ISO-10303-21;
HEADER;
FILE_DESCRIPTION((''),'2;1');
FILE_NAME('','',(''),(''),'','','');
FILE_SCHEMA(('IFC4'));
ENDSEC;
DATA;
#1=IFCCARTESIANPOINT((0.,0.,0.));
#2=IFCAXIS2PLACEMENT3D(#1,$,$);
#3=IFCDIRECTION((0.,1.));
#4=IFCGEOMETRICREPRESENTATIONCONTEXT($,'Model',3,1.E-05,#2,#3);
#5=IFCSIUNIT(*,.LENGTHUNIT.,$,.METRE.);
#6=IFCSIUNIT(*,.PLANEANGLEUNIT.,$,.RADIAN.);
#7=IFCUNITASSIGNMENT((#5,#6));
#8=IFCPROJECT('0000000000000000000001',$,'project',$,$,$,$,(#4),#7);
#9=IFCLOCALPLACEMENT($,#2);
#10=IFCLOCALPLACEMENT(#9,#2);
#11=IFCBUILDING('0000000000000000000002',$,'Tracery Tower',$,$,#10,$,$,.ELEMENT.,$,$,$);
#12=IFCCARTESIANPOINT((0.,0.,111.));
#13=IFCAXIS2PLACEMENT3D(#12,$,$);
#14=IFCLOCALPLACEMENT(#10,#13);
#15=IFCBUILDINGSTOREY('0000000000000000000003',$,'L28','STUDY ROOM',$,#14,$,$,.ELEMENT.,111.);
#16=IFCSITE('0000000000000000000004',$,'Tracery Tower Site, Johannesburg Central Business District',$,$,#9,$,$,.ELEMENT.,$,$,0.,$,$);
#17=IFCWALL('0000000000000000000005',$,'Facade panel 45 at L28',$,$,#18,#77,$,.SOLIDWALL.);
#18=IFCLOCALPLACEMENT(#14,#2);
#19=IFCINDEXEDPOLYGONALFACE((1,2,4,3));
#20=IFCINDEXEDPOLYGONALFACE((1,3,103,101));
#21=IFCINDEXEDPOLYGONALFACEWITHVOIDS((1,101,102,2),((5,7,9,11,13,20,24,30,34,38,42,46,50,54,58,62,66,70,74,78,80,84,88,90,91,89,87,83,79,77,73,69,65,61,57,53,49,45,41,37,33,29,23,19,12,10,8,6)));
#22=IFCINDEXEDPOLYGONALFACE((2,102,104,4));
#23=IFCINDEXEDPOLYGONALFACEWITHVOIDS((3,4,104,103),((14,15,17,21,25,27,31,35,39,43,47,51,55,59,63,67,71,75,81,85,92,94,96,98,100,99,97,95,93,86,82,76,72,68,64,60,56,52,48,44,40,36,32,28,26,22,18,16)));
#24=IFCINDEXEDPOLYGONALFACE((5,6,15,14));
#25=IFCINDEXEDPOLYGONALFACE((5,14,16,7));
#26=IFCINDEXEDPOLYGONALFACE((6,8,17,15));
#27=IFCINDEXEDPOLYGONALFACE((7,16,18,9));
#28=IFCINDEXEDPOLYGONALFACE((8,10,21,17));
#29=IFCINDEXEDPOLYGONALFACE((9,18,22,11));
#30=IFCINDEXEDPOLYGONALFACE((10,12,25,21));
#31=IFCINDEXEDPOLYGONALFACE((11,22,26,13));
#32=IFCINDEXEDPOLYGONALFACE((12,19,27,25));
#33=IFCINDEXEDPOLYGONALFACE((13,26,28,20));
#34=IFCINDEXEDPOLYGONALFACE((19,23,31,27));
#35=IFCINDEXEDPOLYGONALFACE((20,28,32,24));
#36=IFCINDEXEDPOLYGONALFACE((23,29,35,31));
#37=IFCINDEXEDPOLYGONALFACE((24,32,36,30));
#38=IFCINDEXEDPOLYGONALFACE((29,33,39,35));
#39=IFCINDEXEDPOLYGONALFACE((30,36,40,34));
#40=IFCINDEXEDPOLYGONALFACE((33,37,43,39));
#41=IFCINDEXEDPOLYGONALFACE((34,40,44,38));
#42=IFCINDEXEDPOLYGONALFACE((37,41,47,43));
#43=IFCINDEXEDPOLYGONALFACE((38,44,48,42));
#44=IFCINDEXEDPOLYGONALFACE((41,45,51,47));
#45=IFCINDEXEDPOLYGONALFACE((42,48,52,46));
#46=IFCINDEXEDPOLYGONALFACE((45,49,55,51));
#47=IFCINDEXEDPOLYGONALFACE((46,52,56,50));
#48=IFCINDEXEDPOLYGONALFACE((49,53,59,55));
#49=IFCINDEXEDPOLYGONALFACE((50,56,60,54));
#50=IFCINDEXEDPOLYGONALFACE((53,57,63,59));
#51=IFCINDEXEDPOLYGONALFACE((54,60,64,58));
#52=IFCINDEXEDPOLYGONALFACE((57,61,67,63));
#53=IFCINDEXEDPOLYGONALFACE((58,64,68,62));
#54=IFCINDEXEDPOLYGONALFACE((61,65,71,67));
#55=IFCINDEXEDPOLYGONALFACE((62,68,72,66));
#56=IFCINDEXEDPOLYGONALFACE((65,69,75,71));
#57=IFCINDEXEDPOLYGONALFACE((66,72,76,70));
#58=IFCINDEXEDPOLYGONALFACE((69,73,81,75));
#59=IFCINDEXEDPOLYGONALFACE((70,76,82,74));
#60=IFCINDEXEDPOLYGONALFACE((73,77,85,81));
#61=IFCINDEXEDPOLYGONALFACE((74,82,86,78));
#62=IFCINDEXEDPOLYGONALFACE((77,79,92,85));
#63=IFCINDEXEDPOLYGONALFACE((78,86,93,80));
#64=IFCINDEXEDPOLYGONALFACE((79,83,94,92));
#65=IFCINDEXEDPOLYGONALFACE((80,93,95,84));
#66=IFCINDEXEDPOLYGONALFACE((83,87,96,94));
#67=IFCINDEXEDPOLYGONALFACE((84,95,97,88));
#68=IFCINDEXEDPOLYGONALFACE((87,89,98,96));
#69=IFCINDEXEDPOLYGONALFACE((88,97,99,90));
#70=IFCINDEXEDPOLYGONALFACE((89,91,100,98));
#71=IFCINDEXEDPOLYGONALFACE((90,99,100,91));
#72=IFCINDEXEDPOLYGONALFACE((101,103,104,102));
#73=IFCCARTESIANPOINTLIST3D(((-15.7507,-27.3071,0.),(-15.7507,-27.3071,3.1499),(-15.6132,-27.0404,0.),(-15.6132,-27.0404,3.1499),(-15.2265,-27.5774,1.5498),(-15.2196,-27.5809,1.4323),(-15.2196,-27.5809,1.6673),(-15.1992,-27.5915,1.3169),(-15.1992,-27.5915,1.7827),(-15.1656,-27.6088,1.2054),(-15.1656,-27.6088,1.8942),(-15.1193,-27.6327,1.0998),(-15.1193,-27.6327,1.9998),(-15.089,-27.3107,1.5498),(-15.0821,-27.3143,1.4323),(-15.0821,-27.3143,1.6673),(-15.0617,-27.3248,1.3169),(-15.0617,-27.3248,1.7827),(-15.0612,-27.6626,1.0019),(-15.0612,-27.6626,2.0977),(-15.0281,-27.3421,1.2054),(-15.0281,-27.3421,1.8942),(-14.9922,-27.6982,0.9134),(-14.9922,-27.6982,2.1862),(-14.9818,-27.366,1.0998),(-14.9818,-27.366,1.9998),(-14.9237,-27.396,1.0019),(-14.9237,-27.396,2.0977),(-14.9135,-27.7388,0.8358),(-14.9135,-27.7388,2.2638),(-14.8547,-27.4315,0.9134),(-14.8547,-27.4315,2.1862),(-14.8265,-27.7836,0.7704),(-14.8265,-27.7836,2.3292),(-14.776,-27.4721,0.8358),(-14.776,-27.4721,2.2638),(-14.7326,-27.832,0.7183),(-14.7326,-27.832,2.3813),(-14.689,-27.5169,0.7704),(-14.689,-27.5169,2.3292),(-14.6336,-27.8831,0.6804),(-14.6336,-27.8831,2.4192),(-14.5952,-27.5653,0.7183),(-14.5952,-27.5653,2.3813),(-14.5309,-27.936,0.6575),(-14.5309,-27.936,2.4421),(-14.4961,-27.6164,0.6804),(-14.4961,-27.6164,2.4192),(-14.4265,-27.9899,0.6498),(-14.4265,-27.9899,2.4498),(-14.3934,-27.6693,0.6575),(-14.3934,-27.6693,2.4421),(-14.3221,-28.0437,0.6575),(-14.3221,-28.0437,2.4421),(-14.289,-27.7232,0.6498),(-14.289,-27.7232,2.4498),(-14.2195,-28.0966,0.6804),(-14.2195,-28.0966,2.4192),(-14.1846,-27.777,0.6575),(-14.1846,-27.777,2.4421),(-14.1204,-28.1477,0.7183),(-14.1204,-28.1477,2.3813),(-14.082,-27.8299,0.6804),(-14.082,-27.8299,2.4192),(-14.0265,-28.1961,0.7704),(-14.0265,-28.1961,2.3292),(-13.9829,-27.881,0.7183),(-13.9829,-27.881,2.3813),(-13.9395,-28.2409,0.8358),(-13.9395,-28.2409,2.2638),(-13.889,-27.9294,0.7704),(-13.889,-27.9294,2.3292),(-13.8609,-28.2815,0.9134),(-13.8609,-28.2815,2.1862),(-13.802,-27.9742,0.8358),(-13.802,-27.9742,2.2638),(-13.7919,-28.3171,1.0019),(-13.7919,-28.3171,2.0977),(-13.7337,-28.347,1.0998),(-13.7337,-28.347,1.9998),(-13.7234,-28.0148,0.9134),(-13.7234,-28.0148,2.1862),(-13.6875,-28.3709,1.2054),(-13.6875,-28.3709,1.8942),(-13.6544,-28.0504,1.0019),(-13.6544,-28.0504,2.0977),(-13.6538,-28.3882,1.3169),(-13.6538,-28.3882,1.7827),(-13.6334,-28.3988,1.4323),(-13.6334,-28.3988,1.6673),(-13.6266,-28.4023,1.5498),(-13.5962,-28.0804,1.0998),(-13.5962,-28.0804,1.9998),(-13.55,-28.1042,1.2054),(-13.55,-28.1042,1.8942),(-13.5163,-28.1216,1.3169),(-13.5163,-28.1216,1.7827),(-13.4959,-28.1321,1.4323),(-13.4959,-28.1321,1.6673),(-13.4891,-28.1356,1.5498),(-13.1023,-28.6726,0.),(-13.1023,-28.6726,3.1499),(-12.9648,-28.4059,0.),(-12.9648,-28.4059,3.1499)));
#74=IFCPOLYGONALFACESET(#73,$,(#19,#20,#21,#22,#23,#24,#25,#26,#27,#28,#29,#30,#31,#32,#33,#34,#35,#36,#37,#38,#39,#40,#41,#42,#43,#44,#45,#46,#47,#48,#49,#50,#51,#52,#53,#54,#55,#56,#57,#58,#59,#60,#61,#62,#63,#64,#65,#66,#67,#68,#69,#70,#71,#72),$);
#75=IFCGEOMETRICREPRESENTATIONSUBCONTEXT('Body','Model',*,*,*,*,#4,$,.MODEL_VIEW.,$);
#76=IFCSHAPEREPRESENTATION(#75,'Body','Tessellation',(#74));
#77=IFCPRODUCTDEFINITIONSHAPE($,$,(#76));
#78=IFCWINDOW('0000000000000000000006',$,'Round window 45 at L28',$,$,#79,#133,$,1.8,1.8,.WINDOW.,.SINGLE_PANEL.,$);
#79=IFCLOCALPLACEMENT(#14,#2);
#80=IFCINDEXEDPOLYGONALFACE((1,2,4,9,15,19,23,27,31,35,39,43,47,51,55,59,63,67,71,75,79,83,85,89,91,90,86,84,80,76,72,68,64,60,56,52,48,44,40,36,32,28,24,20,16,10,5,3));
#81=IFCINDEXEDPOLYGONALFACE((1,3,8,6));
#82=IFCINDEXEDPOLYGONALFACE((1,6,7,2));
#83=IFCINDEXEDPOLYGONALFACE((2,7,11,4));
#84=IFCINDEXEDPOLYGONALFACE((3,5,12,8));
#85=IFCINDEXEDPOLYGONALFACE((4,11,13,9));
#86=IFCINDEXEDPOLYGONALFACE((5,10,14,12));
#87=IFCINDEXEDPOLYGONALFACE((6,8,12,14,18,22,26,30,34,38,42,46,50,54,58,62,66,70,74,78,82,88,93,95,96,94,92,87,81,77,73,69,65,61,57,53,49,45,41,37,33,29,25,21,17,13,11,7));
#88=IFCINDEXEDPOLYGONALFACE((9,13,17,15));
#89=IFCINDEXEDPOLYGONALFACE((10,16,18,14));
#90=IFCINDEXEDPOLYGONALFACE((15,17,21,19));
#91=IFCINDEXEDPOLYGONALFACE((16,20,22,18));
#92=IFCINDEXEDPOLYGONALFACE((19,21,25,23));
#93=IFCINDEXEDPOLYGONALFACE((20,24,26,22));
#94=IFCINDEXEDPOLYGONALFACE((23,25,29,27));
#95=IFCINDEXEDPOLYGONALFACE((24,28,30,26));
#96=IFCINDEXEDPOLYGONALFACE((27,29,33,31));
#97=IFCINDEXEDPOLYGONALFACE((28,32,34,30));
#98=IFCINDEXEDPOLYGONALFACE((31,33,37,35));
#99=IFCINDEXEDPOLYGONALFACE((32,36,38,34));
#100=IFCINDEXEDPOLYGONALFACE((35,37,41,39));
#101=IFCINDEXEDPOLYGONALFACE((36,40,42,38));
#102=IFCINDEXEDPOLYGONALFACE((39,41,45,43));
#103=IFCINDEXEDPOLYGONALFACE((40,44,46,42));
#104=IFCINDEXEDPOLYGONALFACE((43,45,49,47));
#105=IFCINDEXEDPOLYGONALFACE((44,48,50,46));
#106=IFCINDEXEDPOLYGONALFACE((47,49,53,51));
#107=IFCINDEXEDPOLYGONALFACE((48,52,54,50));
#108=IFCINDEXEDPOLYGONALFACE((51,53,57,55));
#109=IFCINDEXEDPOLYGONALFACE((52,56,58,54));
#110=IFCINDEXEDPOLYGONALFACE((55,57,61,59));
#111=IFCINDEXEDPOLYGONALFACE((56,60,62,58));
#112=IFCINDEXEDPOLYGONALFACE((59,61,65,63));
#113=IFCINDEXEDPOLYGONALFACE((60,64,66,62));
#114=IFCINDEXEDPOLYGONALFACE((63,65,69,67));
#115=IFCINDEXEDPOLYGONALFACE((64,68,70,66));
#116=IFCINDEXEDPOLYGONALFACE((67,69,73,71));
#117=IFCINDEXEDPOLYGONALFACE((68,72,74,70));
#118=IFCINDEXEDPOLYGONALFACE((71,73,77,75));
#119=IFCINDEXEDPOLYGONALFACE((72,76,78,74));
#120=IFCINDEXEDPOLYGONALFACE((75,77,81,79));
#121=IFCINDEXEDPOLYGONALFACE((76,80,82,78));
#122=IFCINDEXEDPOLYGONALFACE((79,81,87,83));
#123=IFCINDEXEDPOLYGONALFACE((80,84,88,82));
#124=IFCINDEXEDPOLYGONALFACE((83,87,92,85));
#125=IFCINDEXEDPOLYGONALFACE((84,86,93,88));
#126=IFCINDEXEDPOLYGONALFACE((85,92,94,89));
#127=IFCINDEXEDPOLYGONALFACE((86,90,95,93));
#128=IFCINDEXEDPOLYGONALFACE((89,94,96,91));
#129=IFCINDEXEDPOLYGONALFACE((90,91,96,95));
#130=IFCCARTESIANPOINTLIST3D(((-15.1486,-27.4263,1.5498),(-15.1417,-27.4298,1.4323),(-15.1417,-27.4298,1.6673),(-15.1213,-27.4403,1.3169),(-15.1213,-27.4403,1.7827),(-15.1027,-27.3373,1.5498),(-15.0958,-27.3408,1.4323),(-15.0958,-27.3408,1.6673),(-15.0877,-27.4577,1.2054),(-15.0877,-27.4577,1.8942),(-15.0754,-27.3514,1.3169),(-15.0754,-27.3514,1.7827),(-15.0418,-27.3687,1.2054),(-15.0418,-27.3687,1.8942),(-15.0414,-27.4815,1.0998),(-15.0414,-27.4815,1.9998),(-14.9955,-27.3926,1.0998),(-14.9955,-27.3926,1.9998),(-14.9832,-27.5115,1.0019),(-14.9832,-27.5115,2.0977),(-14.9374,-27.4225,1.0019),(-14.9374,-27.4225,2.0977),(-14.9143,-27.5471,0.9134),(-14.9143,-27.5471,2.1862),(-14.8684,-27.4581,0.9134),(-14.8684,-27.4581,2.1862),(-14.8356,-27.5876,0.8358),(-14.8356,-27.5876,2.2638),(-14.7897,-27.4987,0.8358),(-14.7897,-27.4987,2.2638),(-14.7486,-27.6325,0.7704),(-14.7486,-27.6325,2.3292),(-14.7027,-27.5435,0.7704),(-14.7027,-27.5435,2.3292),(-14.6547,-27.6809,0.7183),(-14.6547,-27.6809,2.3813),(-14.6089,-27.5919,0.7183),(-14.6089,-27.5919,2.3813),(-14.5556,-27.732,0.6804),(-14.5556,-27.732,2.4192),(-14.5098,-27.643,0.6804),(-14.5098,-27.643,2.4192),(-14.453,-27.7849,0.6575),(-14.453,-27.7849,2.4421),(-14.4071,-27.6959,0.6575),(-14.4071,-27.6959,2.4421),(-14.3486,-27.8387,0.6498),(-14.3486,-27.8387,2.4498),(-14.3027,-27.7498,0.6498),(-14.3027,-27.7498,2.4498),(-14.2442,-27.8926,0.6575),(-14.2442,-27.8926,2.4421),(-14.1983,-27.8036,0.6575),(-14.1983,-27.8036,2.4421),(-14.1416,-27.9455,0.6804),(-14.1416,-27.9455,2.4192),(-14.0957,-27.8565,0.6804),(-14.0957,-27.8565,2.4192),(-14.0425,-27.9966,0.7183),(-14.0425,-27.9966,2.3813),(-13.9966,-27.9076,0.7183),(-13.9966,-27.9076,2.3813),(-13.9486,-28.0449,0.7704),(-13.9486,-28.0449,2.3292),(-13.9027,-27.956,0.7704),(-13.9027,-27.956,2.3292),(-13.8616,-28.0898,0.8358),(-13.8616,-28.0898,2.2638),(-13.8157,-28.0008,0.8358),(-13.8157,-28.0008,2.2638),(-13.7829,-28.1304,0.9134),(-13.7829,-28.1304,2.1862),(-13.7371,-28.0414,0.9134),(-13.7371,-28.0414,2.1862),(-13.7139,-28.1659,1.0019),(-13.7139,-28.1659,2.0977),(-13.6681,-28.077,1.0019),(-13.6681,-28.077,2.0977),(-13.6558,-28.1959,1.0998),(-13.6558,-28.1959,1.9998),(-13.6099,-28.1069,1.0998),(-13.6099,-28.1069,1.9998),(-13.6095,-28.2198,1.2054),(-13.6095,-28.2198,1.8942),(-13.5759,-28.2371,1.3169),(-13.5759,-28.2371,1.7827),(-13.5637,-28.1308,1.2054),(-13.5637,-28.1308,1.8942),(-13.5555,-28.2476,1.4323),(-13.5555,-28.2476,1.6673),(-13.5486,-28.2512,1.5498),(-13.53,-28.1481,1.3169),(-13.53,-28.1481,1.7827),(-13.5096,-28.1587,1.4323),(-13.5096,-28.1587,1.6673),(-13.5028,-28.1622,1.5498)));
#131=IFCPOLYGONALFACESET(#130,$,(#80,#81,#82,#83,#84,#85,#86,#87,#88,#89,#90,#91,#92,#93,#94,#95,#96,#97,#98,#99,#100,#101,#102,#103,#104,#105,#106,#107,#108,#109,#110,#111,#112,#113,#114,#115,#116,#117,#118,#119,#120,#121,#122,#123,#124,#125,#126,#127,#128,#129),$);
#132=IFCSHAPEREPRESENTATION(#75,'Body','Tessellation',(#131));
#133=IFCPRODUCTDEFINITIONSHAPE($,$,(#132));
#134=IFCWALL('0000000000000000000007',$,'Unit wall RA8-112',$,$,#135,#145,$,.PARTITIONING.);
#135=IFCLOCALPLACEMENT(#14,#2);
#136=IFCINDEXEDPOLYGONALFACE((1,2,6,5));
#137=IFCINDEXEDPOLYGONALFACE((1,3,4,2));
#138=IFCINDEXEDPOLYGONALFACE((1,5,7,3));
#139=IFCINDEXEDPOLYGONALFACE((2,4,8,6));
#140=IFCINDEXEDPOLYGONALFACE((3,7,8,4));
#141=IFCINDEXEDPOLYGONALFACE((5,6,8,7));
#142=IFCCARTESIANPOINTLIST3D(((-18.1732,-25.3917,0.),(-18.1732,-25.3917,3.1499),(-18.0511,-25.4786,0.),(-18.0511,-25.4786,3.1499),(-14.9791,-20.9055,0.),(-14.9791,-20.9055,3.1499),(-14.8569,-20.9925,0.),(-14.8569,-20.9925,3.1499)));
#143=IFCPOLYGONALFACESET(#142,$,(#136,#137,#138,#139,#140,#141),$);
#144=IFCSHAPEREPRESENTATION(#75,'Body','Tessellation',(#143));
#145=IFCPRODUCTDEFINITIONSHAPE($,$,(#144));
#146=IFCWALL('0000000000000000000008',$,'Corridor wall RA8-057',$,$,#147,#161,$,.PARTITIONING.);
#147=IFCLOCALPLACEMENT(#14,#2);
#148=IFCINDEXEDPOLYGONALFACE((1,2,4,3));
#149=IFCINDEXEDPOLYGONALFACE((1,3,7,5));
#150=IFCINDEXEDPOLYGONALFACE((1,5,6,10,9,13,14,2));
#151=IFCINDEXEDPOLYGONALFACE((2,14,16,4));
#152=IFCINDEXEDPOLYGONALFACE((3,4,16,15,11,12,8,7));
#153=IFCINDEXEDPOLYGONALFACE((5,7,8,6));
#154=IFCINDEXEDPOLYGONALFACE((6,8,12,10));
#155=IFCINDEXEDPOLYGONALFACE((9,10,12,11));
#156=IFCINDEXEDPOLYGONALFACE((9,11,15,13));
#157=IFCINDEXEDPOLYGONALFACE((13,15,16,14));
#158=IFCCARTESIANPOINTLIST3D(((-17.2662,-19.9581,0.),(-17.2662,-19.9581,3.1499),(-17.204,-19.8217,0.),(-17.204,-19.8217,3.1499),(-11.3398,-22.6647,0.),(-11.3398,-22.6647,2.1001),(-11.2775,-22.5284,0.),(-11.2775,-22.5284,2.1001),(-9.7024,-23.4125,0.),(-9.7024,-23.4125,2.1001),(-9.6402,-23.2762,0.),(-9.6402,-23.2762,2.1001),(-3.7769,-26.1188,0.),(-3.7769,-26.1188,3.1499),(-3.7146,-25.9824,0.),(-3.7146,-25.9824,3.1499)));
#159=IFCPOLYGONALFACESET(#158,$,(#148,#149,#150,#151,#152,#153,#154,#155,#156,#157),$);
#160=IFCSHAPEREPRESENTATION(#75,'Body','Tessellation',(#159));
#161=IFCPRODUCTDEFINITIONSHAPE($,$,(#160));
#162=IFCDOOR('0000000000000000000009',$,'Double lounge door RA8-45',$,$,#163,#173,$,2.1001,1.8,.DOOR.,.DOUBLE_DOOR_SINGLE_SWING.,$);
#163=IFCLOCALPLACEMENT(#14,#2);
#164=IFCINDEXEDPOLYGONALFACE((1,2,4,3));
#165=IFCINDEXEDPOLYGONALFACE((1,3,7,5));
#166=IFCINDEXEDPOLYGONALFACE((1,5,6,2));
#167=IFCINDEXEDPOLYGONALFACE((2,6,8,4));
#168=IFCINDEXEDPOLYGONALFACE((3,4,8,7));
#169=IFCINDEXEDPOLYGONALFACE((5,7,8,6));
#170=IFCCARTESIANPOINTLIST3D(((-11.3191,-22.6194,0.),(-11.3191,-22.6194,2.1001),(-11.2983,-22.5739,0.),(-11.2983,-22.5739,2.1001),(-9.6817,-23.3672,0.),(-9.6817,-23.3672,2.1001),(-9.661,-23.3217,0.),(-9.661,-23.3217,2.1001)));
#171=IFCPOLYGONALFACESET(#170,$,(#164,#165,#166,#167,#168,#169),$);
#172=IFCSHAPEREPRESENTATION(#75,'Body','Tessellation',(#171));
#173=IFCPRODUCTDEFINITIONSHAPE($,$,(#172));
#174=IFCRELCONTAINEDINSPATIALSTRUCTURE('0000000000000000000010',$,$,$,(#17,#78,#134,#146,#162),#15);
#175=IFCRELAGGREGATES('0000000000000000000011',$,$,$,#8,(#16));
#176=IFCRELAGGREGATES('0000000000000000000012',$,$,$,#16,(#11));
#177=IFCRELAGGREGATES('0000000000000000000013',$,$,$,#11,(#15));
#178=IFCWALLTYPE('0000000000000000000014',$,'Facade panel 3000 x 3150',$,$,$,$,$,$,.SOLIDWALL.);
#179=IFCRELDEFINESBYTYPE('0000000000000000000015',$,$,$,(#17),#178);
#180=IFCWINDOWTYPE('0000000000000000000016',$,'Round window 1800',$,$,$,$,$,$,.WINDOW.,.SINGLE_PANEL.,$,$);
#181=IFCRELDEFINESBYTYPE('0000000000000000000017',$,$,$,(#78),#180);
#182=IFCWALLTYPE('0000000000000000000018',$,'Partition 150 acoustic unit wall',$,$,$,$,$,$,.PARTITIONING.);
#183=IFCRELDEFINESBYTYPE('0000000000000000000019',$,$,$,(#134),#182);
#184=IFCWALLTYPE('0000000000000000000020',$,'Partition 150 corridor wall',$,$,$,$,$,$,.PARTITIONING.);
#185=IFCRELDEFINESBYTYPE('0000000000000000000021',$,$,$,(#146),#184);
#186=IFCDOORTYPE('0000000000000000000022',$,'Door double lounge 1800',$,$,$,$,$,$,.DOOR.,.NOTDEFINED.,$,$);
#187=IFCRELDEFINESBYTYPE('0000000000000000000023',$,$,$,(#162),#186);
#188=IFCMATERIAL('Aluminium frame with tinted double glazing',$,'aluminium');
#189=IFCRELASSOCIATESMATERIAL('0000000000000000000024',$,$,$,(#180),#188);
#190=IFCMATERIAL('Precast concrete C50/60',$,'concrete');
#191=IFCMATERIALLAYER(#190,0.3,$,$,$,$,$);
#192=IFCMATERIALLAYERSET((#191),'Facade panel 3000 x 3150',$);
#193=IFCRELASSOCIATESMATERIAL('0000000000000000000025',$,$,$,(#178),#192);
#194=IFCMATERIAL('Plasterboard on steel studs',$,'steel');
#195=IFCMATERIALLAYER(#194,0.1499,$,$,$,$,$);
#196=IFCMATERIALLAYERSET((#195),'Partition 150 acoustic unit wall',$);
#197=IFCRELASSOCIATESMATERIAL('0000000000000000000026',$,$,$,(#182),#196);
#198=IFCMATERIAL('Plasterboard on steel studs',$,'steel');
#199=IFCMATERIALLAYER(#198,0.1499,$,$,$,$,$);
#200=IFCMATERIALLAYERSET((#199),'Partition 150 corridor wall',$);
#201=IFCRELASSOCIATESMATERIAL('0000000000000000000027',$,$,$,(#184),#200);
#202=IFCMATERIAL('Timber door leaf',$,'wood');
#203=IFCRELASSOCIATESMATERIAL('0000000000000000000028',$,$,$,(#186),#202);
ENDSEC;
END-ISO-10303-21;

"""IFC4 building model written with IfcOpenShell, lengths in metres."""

from ifc_helpers import new_model, si_unit, direction, frame, frame_2d, origin, origin_2d, place, context, subcontext, project, spatial, rectangle, circle, extrude, material, layer, layer_set, type_object, element, fill, save


model = new_model("IFC4")

# Units and contexts
model_context = context("Model", 3, precision=1e-05, world=origin(), true_north=direction((0.0, 1.0)))
body_context = subcontext(model_context, "Body", "Model", "MODEL_VIEW")
ifc_project = project(units=[si_unit("LENGTHUNIT", "METRE"), si_unit("PLANEANGLEUNIT", "RADIAN")], contexts=[model_context])

# Site, building, storey
site_placement = place(None, origin())
site = spatial("IfcSite", under=ifc_project, at=site_placement, Name="Tracery Tower Site, Johannesburg Central Business District", CompositionType="ELEMENT", RefElevation=0.0)
building_placement = place(site_placement, origin())
building = spatial("IfcBuilding", under=site, at=building_placement, Name="Tracery Tower", CompositionType="ELEMENT")
storey_placement = place(building_placement, frame((0.0, 0.0, 111.0)))
storey = spatial("IfcBuildingStorey", under=building, at=storey_placement, Name="L28", Description="STUDY ROOM", CompositionType="ELEMENT", Elevation=111.0)

# Wall, opening, window
ifc_material_1 = material(Name="Aluminium frame with tinted double glazing", Category="aluminium")
window_type = type_object("IfcWindowType", Name="Round window 1800", PartitioningType="SINGLE_PANEL", PredefinedType="WINDOW", material=ifc_material_1)
ifc_material_2 = material(Name="Precast concrete C50/60", Category="concrete")
ifc_layer_1 = layer(ifc_material_2, 0.3)
ifc_layer_set_1 = layer_set([ifc_layer_1], Name="Facade panel 3000 x 3150")
wall_type_1 = type_object("IfcWallType", Name="Facade panel 3000 x 3150", PredefinedType="SOLIDWALL", material=ifc_layer_set_1)
wall_1_placement = place(storey_placement, frame((-15.6819, -27.1738, 0.0), z_axis=(0.0, 0.0, 1.0), x_axis=(0.88882, -0.458257, 0.0)))
wall_1 = element("IfcWall", 1, at=wall_1_placement, inside=storey, type_object=wall_type_1, Name="Facade panel 45 at L28", PredefinedType="SOLIDWALL", context=body_context, shape_type="SweptSolid", body=[
    extrude(rectangle(XDim=2.9797, YDim=0.3, at=frame_2d((1.4897, 0.0))), origin(), (0.0, 0.0, 1.0), 3.1499),
])
opening_1_placement = place(wall_1_placement, frame((1.4897, 0.0, 1.5498)))
opening_1 = element("IfcOpeningElement", 2, at=opening_1_placement, cuts=wall_1, PredefinedType="OPENING", context=body_context, shape_type="SweptSolid", body=[
    extrude(circle(Radius=0.9, at=origin_2d()), frame((0.0, 0.1599, 0.0), z_axis=(0.0, -1.0, 0.0), x_axis=(1.0, 0.0, 0.0)), (0.0, 0.0, 1.0), 0.3201),
])
window_1_placement = place(opening_1_placement, origin())
window_1 = element("IfcWindow", 3, at=window_1_placement, inside=storey, type_object=window_type, Name="Round window 45 at L28", OverallHeight=1.8, OverallWidth=1.8, PartitioningType="SINGLE_PANEL", PredefinedType="WINDOW", context=body_context, shape_type="SweptSolid", body=[
    extrude(circle(Radius=0.9, at=origin_2d()), frame((0.0, 0.1201, 0.0), z_axis=(0.0, -1.0, 0.0), x_axis=(1.0, 0.0, 0.0)), (0.0, 0.0, 1.0), 0.1001),
])
fill(opening_1, window_1)

# Wall
ifc_material_3 = material(Name="Plasterboard on steel studs", Category="steel")
ifc_layer_2 = layer(ifc_material_3, 0.1499)
ifc_layer_set_2 = layer_set([ifc_layer_2], Name="Partition 150 acoustic unit wall")
wall_type_2 = type_object("IfcWallType", Name="Partition 150 acoustic unit wall", PredefinedType="PARTITIONING", material=ifc_layer_set_2)
wall_2_placement = place(storey_placement, frame((-18.1121, -25.4351, 0.0), z_axis=(0.0, 0.0, 1.0), x_axis=(0.580005, 0.814613, 0.0)))
element("IfcWall", 4, at=wall_2_placement, inside=storey, type_object=wall_type_2, Name="Unit wall RA8-112", PredefinedType="PARTITIONING", context=body_context, shape_type="SweptSolid", body=[
    extrude(rectangle(XDim=5.5071, YDim=0.1499, at=frame_2d((2.7534, 0.0))), origin(), (0.0, 0.0, 1.0), 3.1499),
])

# Wall, opening, door
ifc_material_4 = material(Name="Plasterboard on steel studs", Category="steel")
ifc_layer_3 = layer(ifc_material_4, 0.1499)
ifc_layer_set_3 = layer_set([ifc_layer_3], Name="Partition 150 corridor wall")
wall_type_3 = type_object("IfcWallType", Name="Partition 150 corridor wall", PredefinedType="PARTITIONING", material=ifc_layer_set_3)
wall_3_placement = place(storey_placement, frame((-17.2351, -19.8899, 0.0), z_axis=(0.0, 0.0, 1.0), x_axis=(0.909624, -0.415432, 0.0)))
wall_3 = element("IfcWall", 5, at=wall_3_placement, inside=storey, type_object=wall_type_3, Name="Corridor wall RA8-057", PredefinedType="PARTITIONING", context=body_context, shape_type="SweptSolid", body=[
    extrude(rectangle(XDim=14.8296, YDim=0.1499, at=frame_2d((7.4148, 0.0))), origin(), (0.0, 0.0, 1.0), 3.1499),
])
opening_2_placement = place(wall_3_placement, frame((6.5154, 0.0, 0.0)))
opening_2 = element("IfcOpeningElement", 6, at=opening_2_placement, cuts=wall_3, PredefinedType="OPENING", context=body_context, shape_type="SweptSolid", body=[
    extrude(rectangle(XDim=1.8, YDim=2.1001, at=frame_2d((0.8999, 1.05))), frame((0.0, 0.075, 0.0), z_axis=(0.0, -1.0, 0.0), x_axis=(1.0, 0.0, 0.0)), (0.0, 0.0, 1.0), 0.1499),
])
ifc_material_5 = material(Name="Timber door leaf", Category="wood")
door_type = type_object("IfcDoorType", Name="Door double lounge 1800", OperationType="NOTDEFINED", PredefinedType="DOOR", material=ifc_material_5)
door_placement = place(opening_2_placement, origin())
door = element("IfcDoor", 7, at=door_placement, inside=storey, type_object=door_type, Name="Double lounge door RA8-45", OperationType="DOUBLE_DOOR_SINGLE_SWING", OverallHeight=2.1001, OverallWidth=1.8, PredefinedType="DOOR", context=body_context, shape_type="SweptSolid", body=[
    extrude(rectangle(XDim=1.8, YDim=2.1001, at=frame_2d((0.8999, 1.05))), frame((0.0, 0.0249, 0.0), z_axis=(0.0, -1.0, 0.0), x_axis=(1.0, 0.0, 0.0)), (0.0, 0.0, 1.0), 0.05),
])
fill(opening_2, door)

save(model, "model.ifc")
